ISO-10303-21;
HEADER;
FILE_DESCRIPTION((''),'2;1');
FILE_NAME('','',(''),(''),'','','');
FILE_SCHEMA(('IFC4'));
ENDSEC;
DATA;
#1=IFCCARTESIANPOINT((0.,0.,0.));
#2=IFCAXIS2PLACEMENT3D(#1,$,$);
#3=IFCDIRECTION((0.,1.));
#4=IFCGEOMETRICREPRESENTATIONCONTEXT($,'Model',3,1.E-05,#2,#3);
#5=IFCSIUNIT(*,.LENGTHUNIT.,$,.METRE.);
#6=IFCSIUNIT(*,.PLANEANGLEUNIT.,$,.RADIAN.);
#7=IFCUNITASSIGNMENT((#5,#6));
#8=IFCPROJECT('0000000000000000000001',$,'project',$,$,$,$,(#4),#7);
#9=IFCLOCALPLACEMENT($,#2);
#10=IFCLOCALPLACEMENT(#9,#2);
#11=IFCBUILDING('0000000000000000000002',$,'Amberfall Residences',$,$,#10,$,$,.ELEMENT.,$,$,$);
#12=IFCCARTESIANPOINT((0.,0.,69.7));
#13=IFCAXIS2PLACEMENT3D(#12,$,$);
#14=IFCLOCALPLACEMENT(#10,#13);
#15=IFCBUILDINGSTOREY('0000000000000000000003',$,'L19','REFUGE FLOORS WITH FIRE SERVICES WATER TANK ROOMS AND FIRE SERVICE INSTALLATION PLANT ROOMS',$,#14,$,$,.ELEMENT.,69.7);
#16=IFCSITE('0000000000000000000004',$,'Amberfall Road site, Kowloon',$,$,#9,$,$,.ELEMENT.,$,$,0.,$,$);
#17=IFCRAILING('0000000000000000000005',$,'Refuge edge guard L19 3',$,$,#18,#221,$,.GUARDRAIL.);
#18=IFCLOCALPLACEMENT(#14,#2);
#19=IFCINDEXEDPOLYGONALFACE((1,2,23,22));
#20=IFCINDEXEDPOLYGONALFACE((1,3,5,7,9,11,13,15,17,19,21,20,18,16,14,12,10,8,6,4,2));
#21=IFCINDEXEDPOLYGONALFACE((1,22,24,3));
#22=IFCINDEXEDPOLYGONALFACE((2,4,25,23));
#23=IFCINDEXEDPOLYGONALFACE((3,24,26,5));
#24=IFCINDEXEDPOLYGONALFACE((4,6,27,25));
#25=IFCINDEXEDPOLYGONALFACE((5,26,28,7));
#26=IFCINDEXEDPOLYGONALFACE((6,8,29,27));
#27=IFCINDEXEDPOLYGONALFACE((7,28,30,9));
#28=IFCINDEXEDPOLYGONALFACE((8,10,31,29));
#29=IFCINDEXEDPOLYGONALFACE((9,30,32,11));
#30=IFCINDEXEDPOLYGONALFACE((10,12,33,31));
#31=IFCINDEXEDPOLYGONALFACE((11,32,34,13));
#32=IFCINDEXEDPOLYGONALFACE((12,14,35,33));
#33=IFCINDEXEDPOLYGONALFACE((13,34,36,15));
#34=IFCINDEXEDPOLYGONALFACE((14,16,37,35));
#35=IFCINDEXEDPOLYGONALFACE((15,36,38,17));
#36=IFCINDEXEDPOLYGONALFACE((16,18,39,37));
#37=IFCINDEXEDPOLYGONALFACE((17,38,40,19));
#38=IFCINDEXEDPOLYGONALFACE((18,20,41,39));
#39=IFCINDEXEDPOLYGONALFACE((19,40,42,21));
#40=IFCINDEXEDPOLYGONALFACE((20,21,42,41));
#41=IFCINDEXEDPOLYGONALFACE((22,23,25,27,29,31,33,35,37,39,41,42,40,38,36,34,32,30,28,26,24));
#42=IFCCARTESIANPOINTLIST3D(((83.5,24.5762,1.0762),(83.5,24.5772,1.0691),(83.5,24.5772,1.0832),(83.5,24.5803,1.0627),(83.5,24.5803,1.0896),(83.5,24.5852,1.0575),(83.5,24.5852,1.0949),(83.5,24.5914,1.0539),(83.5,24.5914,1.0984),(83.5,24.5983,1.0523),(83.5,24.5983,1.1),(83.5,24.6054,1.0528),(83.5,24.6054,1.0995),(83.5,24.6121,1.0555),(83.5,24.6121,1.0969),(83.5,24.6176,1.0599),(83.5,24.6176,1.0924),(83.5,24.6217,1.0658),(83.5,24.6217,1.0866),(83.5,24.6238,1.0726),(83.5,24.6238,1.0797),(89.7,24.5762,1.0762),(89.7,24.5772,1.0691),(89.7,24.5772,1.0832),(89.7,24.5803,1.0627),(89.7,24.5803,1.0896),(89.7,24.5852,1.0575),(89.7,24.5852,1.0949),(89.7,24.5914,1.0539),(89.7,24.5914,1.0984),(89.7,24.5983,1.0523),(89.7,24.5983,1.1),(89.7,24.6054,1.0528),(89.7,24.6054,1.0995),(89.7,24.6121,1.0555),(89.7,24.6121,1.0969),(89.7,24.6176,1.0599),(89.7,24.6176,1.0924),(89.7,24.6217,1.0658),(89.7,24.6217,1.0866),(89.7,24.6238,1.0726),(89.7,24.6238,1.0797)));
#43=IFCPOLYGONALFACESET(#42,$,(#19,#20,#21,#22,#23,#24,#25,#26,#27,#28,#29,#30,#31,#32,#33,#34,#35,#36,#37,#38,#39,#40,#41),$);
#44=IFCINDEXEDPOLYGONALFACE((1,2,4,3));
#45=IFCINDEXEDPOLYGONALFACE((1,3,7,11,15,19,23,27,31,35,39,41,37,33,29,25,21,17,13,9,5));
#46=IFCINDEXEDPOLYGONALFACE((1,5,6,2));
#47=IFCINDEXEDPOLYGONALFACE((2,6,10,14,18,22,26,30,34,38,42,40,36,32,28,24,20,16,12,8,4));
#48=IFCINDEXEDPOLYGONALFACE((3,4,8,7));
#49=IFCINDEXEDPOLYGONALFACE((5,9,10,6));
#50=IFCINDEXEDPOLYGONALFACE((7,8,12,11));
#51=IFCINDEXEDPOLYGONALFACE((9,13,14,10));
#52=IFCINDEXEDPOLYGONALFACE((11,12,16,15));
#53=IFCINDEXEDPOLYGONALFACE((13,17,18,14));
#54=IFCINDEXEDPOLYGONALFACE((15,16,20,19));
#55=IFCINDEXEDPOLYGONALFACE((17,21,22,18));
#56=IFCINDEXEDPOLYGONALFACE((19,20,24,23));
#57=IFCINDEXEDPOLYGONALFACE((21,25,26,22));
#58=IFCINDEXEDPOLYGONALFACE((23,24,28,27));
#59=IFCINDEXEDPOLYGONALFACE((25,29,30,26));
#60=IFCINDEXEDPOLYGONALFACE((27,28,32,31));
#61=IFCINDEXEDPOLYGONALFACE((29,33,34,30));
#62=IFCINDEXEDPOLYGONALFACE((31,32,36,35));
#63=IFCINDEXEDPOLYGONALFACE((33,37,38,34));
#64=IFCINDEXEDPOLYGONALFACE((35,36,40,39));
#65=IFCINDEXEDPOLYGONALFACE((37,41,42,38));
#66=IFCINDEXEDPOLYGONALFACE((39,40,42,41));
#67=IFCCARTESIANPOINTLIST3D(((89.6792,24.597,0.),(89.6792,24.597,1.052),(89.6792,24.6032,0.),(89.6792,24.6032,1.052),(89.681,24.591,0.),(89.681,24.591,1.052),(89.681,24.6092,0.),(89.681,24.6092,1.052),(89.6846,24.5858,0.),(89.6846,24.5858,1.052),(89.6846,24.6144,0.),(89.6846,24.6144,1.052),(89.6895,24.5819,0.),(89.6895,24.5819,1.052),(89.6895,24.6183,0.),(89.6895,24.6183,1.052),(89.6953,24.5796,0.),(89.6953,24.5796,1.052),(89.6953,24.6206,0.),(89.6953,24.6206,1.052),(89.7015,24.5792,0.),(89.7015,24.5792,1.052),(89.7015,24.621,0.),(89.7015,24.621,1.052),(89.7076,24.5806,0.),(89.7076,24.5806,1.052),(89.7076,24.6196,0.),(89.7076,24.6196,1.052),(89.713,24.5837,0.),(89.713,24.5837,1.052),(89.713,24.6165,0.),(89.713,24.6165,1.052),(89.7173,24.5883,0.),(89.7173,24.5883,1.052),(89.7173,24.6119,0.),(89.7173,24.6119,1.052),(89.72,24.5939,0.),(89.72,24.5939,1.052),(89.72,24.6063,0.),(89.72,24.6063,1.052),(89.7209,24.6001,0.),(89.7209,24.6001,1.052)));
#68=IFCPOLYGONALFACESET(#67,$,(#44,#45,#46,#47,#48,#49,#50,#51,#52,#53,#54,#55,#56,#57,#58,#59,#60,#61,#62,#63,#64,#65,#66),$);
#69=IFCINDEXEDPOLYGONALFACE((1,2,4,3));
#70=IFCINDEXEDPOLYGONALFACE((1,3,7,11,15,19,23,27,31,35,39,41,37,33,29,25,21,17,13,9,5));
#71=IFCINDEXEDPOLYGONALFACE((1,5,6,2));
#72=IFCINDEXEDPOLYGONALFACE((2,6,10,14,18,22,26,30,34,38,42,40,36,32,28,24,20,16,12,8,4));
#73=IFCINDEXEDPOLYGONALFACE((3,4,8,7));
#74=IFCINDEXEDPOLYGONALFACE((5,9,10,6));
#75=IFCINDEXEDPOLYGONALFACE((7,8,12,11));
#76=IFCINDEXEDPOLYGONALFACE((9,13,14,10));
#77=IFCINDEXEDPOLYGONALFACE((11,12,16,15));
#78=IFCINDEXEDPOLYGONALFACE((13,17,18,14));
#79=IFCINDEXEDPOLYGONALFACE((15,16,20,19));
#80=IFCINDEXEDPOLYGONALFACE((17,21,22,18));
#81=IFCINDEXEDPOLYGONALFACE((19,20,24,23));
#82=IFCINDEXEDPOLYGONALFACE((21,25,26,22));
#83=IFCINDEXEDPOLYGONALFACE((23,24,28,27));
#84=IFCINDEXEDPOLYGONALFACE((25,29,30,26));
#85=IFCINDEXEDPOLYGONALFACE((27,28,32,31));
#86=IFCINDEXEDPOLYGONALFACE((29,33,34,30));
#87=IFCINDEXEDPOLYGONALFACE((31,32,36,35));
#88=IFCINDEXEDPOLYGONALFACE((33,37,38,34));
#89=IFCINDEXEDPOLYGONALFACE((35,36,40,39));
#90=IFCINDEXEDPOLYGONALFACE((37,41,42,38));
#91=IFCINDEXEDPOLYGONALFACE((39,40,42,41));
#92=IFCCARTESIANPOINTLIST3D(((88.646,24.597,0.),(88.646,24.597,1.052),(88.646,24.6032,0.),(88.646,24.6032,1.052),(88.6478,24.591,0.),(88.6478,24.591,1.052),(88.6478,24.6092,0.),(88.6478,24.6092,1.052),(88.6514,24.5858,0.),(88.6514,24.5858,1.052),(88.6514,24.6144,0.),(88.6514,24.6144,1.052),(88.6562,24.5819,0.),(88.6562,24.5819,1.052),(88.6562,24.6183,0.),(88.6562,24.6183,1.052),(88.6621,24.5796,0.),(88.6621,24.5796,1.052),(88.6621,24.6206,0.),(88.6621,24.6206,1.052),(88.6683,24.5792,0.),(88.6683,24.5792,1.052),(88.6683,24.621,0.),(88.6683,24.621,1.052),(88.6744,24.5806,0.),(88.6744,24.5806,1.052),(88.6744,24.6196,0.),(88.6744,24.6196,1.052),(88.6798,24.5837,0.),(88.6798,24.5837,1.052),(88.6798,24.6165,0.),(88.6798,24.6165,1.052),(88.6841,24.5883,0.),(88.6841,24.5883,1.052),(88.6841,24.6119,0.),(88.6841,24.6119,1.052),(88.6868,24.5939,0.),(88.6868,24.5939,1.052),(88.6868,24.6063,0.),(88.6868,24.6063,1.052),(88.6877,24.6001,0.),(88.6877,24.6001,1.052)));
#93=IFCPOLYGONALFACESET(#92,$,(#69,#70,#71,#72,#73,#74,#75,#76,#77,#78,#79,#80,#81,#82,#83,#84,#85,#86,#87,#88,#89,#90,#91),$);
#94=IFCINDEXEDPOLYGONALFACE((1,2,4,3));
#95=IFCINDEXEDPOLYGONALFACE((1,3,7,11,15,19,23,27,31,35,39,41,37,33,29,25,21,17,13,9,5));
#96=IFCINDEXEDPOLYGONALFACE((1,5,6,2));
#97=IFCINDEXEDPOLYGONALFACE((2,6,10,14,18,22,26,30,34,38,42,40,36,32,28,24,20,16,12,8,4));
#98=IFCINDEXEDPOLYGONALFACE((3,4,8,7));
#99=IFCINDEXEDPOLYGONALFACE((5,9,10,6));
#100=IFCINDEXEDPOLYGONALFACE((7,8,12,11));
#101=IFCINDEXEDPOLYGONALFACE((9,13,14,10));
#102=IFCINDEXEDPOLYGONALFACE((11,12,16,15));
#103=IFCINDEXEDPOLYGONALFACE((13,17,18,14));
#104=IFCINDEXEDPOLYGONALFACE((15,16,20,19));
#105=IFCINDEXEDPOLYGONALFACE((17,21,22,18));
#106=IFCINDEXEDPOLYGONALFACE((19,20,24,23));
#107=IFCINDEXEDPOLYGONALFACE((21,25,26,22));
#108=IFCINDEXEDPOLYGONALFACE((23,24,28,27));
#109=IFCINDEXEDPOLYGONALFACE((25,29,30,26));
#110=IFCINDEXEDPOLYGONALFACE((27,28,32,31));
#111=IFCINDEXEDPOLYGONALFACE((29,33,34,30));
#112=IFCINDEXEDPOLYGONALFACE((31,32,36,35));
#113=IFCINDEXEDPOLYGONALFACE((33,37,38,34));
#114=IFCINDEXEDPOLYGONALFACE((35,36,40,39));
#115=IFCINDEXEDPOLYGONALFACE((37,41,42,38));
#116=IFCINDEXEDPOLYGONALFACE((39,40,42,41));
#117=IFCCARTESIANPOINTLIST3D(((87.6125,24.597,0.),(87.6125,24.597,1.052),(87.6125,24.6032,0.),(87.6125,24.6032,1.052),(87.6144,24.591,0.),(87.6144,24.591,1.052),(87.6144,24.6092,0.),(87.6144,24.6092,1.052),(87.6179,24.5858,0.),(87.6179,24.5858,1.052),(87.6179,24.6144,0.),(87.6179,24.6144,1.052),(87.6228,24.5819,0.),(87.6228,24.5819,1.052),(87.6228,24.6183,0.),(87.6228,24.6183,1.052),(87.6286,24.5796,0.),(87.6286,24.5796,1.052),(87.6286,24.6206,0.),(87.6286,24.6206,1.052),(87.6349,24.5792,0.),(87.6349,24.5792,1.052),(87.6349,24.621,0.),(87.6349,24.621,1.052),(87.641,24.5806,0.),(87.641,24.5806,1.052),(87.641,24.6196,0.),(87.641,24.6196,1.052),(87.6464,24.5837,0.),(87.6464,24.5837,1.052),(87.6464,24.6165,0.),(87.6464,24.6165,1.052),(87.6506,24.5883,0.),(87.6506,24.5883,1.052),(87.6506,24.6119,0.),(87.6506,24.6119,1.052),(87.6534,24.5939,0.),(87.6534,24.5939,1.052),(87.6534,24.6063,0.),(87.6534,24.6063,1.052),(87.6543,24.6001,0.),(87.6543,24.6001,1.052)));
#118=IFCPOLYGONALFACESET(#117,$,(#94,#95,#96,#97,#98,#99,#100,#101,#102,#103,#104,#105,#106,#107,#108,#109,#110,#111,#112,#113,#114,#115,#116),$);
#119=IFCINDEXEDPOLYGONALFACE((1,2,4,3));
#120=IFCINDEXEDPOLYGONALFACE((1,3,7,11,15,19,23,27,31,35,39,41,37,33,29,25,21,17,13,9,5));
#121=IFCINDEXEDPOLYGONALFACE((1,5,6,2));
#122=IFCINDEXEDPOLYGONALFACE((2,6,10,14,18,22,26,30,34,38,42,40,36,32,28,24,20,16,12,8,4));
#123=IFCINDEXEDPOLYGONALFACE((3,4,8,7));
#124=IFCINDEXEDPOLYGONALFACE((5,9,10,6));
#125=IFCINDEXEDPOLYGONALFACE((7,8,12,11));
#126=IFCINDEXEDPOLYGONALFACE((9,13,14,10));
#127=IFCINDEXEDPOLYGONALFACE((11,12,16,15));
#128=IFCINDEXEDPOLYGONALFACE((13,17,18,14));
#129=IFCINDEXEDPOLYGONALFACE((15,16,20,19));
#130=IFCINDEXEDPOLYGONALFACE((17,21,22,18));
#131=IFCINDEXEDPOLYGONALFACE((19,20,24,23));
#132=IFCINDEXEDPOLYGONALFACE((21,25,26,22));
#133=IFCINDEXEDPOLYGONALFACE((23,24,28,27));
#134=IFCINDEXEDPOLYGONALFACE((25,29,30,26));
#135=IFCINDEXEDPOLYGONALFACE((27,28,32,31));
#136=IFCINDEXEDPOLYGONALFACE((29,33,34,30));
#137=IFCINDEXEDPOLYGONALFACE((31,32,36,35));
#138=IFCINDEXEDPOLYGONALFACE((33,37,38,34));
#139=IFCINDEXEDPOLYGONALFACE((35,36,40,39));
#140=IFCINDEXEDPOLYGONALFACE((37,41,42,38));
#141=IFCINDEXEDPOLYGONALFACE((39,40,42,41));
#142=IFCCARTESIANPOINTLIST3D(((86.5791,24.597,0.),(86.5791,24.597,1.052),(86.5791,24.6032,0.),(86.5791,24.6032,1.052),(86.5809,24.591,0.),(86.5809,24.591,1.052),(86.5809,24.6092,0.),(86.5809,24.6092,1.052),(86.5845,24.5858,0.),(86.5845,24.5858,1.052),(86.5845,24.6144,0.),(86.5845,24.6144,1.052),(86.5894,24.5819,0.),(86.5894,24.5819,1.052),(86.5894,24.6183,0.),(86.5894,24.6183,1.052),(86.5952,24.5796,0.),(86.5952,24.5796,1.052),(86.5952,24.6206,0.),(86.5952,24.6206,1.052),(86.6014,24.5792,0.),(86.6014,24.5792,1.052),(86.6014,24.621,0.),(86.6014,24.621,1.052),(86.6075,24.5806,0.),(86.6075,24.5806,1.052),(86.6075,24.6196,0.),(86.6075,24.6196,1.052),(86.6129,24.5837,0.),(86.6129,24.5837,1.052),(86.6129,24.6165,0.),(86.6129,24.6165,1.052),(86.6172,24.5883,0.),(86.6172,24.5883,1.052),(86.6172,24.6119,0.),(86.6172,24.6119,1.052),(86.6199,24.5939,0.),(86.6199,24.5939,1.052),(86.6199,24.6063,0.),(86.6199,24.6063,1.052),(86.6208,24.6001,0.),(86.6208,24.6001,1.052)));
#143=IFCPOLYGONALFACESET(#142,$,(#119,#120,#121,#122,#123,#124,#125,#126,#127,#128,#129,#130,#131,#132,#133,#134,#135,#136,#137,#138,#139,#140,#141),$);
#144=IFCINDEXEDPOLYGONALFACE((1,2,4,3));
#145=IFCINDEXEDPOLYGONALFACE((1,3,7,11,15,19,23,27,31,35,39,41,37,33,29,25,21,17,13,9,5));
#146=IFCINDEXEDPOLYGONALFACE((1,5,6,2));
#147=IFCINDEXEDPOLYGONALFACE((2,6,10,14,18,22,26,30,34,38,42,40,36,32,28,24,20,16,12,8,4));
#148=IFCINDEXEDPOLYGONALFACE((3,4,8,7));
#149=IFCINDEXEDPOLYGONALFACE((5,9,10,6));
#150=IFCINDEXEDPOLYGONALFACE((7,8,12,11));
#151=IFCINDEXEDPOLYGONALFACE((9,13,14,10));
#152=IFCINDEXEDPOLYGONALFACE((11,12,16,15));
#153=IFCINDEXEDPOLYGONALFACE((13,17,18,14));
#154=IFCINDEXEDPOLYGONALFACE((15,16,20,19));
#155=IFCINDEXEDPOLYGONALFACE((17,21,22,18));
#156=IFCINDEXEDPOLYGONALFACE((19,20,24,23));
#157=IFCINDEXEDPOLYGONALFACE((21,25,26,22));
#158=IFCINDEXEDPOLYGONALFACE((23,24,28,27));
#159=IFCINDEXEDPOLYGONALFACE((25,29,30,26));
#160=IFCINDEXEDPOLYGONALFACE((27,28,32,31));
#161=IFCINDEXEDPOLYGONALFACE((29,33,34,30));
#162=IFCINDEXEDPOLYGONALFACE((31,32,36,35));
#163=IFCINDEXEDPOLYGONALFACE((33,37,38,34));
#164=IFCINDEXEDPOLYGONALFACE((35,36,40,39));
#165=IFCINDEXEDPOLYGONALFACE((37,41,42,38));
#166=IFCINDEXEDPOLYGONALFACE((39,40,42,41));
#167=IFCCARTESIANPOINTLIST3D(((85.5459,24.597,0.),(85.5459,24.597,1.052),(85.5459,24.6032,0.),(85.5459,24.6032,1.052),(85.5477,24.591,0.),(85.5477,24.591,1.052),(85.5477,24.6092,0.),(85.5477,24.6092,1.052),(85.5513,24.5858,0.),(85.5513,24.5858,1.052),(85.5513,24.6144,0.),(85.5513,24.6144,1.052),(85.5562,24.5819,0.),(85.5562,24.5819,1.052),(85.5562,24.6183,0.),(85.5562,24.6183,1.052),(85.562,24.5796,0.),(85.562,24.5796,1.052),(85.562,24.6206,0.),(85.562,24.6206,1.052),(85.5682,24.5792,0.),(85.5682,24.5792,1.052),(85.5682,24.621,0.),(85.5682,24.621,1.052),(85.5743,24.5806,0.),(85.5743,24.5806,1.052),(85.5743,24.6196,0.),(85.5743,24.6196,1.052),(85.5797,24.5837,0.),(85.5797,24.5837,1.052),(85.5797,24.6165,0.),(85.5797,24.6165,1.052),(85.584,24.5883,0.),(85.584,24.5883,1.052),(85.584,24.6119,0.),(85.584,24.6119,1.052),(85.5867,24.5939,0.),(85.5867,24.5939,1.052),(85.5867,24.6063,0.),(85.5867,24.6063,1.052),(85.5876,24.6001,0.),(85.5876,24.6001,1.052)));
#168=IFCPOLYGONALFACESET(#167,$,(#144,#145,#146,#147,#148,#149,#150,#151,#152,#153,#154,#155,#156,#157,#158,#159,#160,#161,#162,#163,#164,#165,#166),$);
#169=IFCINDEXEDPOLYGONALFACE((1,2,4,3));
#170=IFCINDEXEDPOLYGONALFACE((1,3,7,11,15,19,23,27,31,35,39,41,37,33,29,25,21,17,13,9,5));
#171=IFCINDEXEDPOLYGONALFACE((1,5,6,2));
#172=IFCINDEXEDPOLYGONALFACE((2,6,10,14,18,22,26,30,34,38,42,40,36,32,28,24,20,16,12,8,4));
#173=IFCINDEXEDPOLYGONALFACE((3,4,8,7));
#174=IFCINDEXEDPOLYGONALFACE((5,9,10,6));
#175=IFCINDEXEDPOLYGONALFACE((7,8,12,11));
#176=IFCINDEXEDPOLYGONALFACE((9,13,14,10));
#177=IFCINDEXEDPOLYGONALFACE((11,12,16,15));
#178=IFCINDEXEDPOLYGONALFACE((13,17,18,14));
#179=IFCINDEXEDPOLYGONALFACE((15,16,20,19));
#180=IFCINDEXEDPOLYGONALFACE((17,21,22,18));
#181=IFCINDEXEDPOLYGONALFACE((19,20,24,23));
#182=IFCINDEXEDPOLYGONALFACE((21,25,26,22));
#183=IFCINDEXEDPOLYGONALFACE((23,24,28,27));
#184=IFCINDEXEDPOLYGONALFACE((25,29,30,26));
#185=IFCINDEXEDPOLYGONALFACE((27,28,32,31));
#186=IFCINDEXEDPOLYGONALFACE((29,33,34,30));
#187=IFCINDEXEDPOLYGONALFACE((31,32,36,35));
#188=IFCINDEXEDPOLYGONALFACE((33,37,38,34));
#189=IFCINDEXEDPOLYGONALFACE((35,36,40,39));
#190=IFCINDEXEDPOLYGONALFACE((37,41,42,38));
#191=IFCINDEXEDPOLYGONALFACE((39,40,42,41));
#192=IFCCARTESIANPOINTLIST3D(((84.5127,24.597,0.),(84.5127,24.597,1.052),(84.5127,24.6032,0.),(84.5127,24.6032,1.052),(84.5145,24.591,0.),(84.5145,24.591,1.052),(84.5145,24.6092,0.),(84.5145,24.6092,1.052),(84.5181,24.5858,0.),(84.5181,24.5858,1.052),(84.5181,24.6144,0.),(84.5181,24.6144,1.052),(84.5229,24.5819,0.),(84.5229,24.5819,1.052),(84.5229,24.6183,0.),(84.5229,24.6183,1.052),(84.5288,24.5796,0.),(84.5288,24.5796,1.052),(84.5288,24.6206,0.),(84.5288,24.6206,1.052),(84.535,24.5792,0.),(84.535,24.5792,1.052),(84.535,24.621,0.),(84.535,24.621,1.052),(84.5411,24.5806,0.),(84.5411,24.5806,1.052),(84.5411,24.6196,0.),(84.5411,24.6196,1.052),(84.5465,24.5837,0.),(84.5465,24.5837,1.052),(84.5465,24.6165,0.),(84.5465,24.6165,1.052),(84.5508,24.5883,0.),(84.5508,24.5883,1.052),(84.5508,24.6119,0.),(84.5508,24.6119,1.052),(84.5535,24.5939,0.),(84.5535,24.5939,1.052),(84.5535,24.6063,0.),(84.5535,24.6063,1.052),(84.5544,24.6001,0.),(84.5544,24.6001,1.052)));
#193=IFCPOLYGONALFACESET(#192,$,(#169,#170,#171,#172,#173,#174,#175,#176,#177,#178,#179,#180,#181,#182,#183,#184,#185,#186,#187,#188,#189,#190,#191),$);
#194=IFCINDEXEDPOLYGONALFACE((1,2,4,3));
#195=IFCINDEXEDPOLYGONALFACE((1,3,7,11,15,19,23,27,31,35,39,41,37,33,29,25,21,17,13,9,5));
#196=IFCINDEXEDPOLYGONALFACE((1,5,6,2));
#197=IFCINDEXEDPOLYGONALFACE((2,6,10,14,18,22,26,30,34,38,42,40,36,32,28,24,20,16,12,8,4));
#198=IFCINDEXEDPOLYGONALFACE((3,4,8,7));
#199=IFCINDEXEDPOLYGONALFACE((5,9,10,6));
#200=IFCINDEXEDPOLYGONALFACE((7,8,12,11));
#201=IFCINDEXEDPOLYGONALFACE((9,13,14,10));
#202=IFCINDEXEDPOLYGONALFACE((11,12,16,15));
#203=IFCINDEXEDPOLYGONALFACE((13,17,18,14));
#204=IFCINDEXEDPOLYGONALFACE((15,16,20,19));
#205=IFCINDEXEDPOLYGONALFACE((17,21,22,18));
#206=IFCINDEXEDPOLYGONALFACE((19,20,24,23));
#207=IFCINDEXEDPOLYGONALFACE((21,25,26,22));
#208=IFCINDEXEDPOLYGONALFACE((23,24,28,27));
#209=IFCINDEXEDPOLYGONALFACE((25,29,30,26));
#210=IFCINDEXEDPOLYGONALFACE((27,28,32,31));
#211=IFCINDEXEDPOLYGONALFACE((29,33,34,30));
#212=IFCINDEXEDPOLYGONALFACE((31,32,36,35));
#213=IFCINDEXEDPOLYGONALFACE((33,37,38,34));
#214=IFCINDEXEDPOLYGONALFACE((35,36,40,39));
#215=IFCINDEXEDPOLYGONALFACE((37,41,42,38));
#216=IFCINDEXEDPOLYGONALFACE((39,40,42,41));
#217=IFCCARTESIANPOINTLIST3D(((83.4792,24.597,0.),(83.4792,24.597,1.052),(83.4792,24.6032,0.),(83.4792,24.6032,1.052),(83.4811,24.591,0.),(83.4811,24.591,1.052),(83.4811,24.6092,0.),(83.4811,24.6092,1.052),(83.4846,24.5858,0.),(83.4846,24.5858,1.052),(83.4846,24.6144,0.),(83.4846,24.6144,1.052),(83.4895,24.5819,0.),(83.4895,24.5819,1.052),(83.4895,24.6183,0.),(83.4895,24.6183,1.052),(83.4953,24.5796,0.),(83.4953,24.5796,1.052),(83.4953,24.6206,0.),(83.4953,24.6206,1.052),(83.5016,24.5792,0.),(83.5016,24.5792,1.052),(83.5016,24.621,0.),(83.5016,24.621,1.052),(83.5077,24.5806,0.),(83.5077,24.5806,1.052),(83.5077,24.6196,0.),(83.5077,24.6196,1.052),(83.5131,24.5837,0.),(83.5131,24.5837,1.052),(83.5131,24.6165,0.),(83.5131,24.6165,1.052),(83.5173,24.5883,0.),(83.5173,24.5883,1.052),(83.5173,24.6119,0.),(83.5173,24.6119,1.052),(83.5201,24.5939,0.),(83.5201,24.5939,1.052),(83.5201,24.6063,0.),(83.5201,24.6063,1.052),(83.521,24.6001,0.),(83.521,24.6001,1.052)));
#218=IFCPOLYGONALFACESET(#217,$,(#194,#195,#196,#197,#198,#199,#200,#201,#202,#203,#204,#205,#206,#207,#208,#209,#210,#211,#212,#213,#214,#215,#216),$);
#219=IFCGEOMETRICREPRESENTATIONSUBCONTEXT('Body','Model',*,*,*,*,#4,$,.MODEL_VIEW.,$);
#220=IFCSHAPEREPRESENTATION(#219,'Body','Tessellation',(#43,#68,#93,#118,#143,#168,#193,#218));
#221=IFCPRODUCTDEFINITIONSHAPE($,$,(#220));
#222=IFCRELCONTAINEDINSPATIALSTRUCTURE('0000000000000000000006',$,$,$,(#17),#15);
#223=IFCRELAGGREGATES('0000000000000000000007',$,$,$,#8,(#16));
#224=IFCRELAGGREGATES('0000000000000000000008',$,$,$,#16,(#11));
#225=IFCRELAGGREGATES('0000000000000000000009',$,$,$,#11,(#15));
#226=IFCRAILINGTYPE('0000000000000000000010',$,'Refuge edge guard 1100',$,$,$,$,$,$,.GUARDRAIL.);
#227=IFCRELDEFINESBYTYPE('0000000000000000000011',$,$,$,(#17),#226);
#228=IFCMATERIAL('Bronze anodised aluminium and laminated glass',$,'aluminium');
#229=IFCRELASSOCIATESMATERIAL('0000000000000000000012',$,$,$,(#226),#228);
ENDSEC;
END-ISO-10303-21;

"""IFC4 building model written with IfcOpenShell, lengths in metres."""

from ifc_helpers import new_model, si_unit, direction, frame, origin, origin_2d, place, context, subcontext, project, spatial, circle, extrude, material, type_object, element, save


model = new_model("IFC4")

# Units and contexts
model_context = context("Model", 3, precision=1e-05, world=origin(), true_north=direction((0.0, 1.0)))
body_context = subcontext(model_context, "Body", "Model", "MODEL_VIEW")
ifc_project = project(units=[si_unit("LENGTHUNIT", "METRE"), si_unit("PLANEANGLEUNIT", "RADIAN")], contexts=[model_context])

# Site, building, storey
site_placement = place(None, origin())
site = spatial("IfcSite", under=ifc_project, at=site_placement, Name="Amberfall Road site, Kowloon", CompositionType="ELEMENT", RefElevation=0.0)
building_placement = place(site_placement, origin())
building = spatial("IfcBuilding", under=site, at=building_placement, Name="Amberfall Residences", CompositionType="ELEMENT")
storey_placement = place(building_placement, frame((0.0, 0.0, 69.7)))
storey = spatial("IfcBuildingStorey", under=building, at=storey_placement, Name="L19", Description="REFUGE FLOORS WITH FIRE SERVICES WATER TANK ROOMS AND FIRE SERVICE INSTALLATION PLANT ROOMS", CompositionType="ELEMENT", Elevation=69.7)

# Railing
ifc_material_1 = material(Name="Bronze anodised aluminium and laminated glass", Category="aluminium")
railing_type = type_object("IfcRailingType", Name="Refuge edge guard 1100", PredefinedType="GUARDRAIL", material=ifc_material_1)
railing_1_placement = place(storey_placement, frame((89.7, 24.6001, 0.0)))
element("IfcRailing", 1, at=railing_1_placement, inside=storey, type_object=railing_type, Name="Refuge edge guard L19 3", PredefinedType="GUARDRAIL", context=body_context, shape_type="SweptSolid", body=[
    extrude(circle(Radius=0.0239, at=origin_2d()), frame((0.0, 0.0, 1.0762), z_axis=(-1.0, 0.0, 0.0), x_axis=(0.0, -1.0, 0.0)), (0.0, 0.0, 1.0), 6.2),
    extrude(circle(Radius=0.021, at=origin_2d()), origin(), (0.0, 0.0, 1.0), 1.052),
    extrude(circle(Radius=0.021, at=origin_2d()), frame((-1.0332, 0.0, 0.0)), (0.0, 0.0, 1.0), 1.052),
    extrude(circle(Radius=0.021, at=origin_2d()), frame((-2.0667, 0.0, 0.0)), (0.0, 0.0, 1.0), 1.052),
    extrude(circle(Radius=0.021, at=origin_2d()), frame((-3.1001, 0.0, 0.0)), (0.0, 0.0, 1.0), 1.052),
    extrude(circle(Radius=0.021, at=origin_2d()), frame((-4.1333, 0.0, 0.0)), (0.0, 0.0, 1.0), 1.052),
    extrude(circle(Radius=0.021, at=origin_2d()), frame((-5.1665, 0.0, 0.0)), (0.0, 0.0, 1.0), 1.052),
    extrude(circle(Radius=0.021, at=origin_2d()), frame((-6.2, 0.0, 0.0)), (0.0, 0.0, 1.0), 1.052),
])

save(model, "model.ifc")
